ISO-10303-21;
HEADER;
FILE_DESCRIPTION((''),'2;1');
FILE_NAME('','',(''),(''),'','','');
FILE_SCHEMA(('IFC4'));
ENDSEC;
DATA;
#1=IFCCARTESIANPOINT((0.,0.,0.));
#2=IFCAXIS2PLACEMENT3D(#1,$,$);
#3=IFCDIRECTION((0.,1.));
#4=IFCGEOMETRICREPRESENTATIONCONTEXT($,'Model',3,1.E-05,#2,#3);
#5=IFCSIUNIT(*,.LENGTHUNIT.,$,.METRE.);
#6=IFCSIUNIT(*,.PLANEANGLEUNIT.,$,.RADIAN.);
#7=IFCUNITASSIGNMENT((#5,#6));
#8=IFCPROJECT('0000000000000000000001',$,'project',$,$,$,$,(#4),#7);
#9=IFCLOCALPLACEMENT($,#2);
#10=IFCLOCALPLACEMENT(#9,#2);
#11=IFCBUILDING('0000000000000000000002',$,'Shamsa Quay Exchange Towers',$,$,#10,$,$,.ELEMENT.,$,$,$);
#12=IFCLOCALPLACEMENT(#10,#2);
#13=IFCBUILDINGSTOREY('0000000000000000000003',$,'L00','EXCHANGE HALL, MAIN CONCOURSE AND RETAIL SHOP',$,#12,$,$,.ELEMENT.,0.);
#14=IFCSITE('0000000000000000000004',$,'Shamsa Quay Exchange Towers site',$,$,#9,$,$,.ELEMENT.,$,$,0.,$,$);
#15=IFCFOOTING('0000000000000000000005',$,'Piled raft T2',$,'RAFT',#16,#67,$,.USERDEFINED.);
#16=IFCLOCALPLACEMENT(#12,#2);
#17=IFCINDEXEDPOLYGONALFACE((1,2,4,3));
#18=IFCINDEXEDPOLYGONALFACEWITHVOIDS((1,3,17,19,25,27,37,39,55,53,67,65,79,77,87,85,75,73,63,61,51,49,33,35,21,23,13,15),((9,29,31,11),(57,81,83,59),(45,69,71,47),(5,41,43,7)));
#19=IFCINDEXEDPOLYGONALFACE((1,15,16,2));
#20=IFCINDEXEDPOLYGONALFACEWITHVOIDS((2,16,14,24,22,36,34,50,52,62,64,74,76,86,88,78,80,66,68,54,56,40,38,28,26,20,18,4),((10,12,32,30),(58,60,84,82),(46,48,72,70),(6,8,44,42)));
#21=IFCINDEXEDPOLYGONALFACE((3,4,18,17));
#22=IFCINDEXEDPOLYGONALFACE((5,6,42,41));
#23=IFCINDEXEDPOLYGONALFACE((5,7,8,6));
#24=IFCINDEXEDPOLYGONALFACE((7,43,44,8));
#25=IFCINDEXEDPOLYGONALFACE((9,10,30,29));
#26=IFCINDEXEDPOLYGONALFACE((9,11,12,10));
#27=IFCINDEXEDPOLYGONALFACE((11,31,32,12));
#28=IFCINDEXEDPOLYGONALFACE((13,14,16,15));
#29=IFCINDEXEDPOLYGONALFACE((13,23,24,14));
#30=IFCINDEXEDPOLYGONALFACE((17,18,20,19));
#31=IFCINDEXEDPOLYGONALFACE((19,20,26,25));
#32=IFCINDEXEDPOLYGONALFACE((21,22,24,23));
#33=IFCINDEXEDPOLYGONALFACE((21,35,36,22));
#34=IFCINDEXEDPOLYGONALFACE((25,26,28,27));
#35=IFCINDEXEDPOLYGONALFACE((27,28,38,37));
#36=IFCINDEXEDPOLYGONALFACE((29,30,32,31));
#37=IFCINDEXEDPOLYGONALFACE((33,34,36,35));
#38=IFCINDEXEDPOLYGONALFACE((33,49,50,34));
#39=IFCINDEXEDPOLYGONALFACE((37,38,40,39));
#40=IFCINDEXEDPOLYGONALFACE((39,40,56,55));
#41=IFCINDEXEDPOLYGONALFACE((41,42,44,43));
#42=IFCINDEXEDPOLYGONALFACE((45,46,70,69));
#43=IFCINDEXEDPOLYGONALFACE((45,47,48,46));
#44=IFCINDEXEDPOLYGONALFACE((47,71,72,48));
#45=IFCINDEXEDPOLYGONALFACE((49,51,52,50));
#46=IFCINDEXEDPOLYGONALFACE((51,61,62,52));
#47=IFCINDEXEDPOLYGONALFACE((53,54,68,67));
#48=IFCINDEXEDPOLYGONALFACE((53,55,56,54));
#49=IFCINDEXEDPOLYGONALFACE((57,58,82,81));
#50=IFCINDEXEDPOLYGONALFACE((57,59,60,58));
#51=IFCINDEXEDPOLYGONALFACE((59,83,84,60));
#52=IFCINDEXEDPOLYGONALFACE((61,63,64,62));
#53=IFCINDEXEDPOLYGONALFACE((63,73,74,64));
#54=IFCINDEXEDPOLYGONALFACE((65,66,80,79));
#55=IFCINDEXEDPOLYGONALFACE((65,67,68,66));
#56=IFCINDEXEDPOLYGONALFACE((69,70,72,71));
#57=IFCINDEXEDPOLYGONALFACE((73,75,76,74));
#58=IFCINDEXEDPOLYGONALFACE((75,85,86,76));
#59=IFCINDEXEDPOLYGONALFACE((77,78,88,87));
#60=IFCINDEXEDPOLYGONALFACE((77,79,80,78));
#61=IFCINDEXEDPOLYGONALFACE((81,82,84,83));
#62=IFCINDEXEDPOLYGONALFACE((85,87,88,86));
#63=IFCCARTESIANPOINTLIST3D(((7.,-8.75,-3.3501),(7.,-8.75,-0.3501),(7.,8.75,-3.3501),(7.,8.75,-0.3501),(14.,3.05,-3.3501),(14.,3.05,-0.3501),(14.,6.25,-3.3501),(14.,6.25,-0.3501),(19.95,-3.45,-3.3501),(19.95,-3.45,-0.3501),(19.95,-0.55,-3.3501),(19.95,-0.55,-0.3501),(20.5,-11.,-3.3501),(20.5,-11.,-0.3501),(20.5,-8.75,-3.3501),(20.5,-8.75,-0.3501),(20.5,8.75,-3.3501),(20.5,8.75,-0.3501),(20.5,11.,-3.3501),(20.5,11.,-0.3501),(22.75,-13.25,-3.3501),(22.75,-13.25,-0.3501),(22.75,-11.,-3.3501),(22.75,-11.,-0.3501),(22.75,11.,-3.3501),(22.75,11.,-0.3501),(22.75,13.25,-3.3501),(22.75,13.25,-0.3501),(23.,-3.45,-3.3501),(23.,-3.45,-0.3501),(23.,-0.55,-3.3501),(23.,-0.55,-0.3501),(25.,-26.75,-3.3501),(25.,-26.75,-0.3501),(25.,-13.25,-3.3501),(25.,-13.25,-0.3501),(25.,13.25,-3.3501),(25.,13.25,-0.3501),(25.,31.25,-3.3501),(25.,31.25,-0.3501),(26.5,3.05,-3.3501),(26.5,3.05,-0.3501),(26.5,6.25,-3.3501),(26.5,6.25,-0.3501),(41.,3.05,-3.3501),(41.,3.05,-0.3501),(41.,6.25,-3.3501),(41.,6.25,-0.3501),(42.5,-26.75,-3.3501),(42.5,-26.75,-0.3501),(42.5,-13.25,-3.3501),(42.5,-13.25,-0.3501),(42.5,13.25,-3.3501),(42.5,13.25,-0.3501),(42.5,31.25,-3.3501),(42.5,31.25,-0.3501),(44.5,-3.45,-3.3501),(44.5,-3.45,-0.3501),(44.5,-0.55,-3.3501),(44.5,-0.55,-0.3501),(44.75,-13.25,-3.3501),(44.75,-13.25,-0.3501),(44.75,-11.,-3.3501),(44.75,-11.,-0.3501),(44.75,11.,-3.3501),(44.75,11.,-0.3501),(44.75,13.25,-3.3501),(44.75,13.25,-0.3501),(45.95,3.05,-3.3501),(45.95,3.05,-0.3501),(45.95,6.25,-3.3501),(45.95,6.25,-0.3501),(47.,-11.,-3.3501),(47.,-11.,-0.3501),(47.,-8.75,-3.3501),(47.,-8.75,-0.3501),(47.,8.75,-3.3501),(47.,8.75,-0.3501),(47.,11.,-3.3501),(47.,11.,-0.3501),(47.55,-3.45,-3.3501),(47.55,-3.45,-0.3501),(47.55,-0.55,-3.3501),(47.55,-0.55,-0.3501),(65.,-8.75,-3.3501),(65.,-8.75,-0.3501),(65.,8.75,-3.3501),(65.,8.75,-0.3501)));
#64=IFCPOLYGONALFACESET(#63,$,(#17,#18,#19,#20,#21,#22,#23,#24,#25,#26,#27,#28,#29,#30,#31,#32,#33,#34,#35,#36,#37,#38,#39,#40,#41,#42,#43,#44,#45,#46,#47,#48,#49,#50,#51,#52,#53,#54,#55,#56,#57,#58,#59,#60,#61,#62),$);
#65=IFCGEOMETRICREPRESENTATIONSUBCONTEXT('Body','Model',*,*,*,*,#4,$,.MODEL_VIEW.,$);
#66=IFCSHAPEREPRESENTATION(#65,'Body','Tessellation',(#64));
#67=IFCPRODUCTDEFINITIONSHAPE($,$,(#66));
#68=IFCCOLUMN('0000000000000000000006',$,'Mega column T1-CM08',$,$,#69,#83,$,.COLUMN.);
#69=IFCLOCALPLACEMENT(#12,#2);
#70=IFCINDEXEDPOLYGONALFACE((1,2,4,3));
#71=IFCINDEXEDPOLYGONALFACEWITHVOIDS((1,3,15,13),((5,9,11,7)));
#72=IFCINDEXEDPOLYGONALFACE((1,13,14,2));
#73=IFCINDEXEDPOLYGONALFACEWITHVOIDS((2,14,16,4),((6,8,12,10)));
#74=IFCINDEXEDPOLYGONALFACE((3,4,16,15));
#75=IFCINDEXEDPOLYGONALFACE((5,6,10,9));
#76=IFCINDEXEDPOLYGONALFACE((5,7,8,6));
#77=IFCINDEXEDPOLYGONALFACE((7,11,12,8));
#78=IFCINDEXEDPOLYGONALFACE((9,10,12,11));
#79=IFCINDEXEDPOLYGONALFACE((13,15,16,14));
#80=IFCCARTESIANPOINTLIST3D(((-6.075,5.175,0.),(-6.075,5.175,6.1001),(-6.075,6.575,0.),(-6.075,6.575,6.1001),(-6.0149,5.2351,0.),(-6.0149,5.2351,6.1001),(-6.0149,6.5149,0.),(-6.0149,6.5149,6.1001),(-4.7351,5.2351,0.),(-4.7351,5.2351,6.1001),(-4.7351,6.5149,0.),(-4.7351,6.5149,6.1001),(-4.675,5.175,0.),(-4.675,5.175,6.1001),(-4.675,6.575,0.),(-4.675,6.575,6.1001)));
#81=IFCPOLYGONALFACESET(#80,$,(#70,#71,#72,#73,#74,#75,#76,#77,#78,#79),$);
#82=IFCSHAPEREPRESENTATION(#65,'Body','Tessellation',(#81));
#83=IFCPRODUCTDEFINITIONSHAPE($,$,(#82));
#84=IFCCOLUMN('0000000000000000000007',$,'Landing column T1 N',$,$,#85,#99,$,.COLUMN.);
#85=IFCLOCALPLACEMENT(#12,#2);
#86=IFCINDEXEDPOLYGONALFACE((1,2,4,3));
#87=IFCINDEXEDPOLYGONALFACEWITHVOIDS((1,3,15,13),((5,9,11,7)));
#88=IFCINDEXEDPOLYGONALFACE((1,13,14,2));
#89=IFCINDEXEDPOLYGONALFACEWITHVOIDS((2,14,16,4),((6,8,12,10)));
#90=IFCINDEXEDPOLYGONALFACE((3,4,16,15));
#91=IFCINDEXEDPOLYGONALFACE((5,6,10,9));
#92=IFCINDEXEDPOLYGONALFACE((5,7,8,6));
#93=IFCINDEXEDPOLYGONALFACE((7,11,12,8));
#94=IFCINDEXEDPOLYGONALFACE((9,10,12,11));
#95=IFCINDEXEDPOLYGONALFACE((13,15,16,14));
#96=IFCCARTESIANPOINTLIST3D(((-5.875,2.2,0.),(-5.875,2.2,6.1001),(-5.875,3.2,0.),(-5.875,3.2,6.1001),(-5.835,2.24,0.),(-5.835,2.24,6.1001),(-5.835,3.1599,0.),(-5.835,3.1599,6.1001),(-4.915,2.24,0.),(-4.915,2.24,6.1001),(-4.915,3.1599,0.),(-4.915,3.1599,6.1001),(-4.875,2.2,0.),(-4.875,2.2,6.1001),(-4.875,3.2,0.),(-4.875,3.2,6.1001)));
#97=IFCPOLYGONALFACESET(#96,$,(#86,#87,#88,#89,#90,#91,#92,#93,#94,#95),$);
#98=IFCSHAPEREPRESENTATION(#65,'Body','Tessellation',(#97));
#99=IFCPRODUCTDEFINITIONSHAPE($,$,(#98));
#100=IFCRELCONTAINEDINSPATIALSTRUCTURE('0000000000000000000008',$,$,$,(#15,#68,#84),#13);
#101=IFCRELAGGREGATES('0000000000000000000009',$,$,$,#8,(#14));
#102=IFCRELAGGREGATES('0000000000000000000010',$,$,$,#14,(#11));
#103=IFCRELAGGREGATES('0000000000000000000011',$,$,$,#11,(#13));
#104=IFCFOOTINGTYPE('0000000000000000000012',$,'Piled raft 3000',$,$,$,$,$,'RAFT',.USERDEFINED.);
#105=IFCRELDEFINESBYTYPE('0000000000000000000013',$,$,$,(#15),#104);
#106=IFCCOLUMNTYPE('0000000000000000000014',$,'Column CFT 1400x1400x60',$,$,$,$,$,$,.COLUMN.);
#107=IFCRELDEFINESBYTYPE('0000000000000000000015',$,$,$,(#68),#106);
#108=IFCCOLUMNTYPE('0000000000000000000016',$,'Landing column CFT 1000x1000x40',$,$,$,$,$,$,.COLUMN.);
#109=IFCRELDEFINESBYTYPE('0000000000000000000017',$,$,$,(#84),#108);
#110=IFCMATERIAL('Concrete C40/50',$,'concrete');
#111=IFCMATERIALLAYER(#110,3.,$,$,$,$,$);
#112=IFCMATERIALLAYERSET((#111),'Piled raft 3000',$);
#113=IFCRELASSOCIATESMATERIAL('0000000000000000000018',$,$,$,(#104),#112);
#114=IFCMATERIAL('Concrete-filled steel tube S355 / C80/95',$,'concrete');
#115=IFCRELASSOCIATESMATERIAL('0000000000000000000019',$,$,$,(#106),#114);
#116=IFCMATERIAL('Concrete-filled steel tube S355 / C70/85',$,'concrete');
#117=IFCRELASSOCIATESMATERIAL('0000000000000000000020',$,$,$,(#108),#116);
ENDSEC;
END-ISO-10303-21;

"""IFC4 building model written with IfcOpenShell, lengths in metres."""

from ifc_helpers import new_model, si_unit, direction, frame, origin, origin_2d, place, context, subcontext, project, spatial, polyline, hollow_rectangle, outline, extrude, material, layer, layer_set, material_profile, profile_set, type_object, element, save


model = new_model("IFC4")

# Units and contexts
model_context = context("Model", 3, precision=1e-05, world=origin(), true_north=direction((0.0, 1.0)))
body_context = subcontext(model_context, "Body", "Model", "MODEL_VIEW")
ifc_project = project(units=[si_unit("LENGTHUNIT", "METRE"), si_unit("PLANEANGLEUNIT", "RADIAN")], contexts=[model_context])

# Site, building, storey
site_placement = place(None, origin())
site = spatial("IfcSite", under=ifc_project, at=site_placement, Name="Shamsa Quay Exchange Towers site", CompositionType="ELEMENT", RefElevation=0.0)
building_placement = place(site_placement, origin())
building = spatial("IfcBuilding", under=site, at=building_placement, Name="Shamsa Quay Exchange Towers", CompositionType="ELEMENT")
storey_placement = place(building_placement, origin())
storey = spatial("IfcBuildingStorey", under=building, at=storey_placement, Name="L00", Description="EXCHANGE HALL, MAIN CONCOURSE AND RETAIL SHOP", CompositionType="ELEMENT", Elevation=0.0)

# Shared definitions
ifc_material_1 = material(Name="Concrete C40/50", Category="concrete")

# Footing
ifc_layer_1 = layer(ifc_material_1, 3.0)
ifc_layer_set_1 = layer_set([ifc_layer_1], Name="Piled raft 3000")
footing_type_1 = type_object("IfcFootingType", Name="Piled raft 3000", ElementType="RAFT", PredefinedType="USERDEFINED", material=ifc_layer_set_1)
footing_1_placement = place(storey_placement, frame((0.0, 0.0, -3.3501)))
element("IfcFooting", 1, at=footing_1_placement, inside=storey, type_object=footing_type_1, Name="Piled raft T2", ObjectType="RAFT", PredefinedType="USERDEFINED", context=body_context, shape_type="SweptSolid", body=[
    extrude(outline(polyline([(44.75, -13.25), (44.75, -11.0), (47.0, -11.0), (47.0, -8.75), (65.0, -8.75), (65.0, 8.75), (47.0, 8.75), (47.0, 11.0), (44.75, 11.0), (44.75, 13.25), (42.5, 13.25), (42.5, 31.25), (25.0, 31.25), (25.0, 13.25), (22.75, 13.25), (22.75, 11.0), (20.5, 11.0), (20.5, 8.75), (7.0, 8.75), (7.0, -8.75), (20.5, -8.75), (20.5, -11.0), (22.75, -11.0), (22.75, -13.25), (25.0, -13.25), (25.0, -26.75), (42.5, -26.75), (42.5, -13.25), (44.75, -13.25)]), holes=[polyline([(19.95, -3.45), (23.0, -3.45), (23.0, -0.55), (19.95, -0.55), (19.95, -3.45)]), polyline([(47.55, -0.55), (44.5, -0.55), (44.5, -3.45), (47.55, -3.45), (47.55, -0.55)]), polyline([(26.5, 3.05), (26.5, 6.25), (14.0, 6.25), (14.0, 3.05), (26.5, 3.05)]), polyline([(45.95, 6.25), (41.0, 6.25), (41.0, 3.05), (45.95, 3.05), (45.95, 6.25)])]), origin(), (0.0, 0.0, 1.0), 3.0),
])

# Columns
ifc_material_2 = material(Name="Concrete-filled steel tube S355 / C80/95", Category="concrete")
ifc_material_profile_1 = material_profile(ifc_material_2, hollow_rectangle(XDim=1.3999, YDim=1.3999, WallThickness=0.0601, at=origin_2d()), Name="CFT 1400x1400x60")
ifc_profile_set_1 = profile_set([ifc_material_profile_1], Name="Concrete-filled steel tube S355 / C80/95")
column_type_1 = type_object("IfcColumnType", Name="Column CFT 1400x1400x60", PredefinedType="COLUMN", material=ifc_profile_set_1)
column_1_placement = place(storey_placement, frame((-5.375, 5.875, 0.0)))
element("IfcColumn", 2, at=column_1_placement, inside=storey, type_object=column_type_1, Name="Mega column T1-CM08", PredefinedType="COLUMN", context=body_context, shape_type="SweptSolid", body=[
    extrude(hollow_rectangle(XDim=1.3999, YDim=1.3999, WallThickness=0.0601, at=origin_2d()), origin(), (0.0, 0.0, 1.0), 6.1001),
])
ifc_material_3 = material(Name="Concrete-filled steel tube S355 / C70/85", Category="concrete")
ifc_material_profile_2 = material_profile(ifc_material_3, hollow_rectangle(XDim=1.0, YDim=1.0, WallThickness=0.04, at=origin_2d()), Name="CFT 1000x1000x40")
ifc_profile_set_2 = profile_set([ifc_material_profile_2], Name="Concrete-filled steel tube S355 / C70/85")
column_type_2 = type_object("IfcColumnType", Name="Landing column CFT 1000x1000x40", PredefinedType="COLUMN", material=ifc_profile_set_2)
column_2_placement = place(storey_placement, frame((-5.375, 2.7, 0.0)))
element("IfcColumn", 3, at=column_2_placement, inside=storey, type_object=column_type_2, Name="Landing column T1 N", PredefinedType="COLUMN", context=body_context, shape_type="SweptSolid", body=[
    extrude(hollow_rectangle(XDim=1.0, YDim=1.0, WallThickness=0.04, at=origin_2d()), origin(), (0.0, 0.0, 1.0), 6.1001),
])

save(model, "model.ifc")
